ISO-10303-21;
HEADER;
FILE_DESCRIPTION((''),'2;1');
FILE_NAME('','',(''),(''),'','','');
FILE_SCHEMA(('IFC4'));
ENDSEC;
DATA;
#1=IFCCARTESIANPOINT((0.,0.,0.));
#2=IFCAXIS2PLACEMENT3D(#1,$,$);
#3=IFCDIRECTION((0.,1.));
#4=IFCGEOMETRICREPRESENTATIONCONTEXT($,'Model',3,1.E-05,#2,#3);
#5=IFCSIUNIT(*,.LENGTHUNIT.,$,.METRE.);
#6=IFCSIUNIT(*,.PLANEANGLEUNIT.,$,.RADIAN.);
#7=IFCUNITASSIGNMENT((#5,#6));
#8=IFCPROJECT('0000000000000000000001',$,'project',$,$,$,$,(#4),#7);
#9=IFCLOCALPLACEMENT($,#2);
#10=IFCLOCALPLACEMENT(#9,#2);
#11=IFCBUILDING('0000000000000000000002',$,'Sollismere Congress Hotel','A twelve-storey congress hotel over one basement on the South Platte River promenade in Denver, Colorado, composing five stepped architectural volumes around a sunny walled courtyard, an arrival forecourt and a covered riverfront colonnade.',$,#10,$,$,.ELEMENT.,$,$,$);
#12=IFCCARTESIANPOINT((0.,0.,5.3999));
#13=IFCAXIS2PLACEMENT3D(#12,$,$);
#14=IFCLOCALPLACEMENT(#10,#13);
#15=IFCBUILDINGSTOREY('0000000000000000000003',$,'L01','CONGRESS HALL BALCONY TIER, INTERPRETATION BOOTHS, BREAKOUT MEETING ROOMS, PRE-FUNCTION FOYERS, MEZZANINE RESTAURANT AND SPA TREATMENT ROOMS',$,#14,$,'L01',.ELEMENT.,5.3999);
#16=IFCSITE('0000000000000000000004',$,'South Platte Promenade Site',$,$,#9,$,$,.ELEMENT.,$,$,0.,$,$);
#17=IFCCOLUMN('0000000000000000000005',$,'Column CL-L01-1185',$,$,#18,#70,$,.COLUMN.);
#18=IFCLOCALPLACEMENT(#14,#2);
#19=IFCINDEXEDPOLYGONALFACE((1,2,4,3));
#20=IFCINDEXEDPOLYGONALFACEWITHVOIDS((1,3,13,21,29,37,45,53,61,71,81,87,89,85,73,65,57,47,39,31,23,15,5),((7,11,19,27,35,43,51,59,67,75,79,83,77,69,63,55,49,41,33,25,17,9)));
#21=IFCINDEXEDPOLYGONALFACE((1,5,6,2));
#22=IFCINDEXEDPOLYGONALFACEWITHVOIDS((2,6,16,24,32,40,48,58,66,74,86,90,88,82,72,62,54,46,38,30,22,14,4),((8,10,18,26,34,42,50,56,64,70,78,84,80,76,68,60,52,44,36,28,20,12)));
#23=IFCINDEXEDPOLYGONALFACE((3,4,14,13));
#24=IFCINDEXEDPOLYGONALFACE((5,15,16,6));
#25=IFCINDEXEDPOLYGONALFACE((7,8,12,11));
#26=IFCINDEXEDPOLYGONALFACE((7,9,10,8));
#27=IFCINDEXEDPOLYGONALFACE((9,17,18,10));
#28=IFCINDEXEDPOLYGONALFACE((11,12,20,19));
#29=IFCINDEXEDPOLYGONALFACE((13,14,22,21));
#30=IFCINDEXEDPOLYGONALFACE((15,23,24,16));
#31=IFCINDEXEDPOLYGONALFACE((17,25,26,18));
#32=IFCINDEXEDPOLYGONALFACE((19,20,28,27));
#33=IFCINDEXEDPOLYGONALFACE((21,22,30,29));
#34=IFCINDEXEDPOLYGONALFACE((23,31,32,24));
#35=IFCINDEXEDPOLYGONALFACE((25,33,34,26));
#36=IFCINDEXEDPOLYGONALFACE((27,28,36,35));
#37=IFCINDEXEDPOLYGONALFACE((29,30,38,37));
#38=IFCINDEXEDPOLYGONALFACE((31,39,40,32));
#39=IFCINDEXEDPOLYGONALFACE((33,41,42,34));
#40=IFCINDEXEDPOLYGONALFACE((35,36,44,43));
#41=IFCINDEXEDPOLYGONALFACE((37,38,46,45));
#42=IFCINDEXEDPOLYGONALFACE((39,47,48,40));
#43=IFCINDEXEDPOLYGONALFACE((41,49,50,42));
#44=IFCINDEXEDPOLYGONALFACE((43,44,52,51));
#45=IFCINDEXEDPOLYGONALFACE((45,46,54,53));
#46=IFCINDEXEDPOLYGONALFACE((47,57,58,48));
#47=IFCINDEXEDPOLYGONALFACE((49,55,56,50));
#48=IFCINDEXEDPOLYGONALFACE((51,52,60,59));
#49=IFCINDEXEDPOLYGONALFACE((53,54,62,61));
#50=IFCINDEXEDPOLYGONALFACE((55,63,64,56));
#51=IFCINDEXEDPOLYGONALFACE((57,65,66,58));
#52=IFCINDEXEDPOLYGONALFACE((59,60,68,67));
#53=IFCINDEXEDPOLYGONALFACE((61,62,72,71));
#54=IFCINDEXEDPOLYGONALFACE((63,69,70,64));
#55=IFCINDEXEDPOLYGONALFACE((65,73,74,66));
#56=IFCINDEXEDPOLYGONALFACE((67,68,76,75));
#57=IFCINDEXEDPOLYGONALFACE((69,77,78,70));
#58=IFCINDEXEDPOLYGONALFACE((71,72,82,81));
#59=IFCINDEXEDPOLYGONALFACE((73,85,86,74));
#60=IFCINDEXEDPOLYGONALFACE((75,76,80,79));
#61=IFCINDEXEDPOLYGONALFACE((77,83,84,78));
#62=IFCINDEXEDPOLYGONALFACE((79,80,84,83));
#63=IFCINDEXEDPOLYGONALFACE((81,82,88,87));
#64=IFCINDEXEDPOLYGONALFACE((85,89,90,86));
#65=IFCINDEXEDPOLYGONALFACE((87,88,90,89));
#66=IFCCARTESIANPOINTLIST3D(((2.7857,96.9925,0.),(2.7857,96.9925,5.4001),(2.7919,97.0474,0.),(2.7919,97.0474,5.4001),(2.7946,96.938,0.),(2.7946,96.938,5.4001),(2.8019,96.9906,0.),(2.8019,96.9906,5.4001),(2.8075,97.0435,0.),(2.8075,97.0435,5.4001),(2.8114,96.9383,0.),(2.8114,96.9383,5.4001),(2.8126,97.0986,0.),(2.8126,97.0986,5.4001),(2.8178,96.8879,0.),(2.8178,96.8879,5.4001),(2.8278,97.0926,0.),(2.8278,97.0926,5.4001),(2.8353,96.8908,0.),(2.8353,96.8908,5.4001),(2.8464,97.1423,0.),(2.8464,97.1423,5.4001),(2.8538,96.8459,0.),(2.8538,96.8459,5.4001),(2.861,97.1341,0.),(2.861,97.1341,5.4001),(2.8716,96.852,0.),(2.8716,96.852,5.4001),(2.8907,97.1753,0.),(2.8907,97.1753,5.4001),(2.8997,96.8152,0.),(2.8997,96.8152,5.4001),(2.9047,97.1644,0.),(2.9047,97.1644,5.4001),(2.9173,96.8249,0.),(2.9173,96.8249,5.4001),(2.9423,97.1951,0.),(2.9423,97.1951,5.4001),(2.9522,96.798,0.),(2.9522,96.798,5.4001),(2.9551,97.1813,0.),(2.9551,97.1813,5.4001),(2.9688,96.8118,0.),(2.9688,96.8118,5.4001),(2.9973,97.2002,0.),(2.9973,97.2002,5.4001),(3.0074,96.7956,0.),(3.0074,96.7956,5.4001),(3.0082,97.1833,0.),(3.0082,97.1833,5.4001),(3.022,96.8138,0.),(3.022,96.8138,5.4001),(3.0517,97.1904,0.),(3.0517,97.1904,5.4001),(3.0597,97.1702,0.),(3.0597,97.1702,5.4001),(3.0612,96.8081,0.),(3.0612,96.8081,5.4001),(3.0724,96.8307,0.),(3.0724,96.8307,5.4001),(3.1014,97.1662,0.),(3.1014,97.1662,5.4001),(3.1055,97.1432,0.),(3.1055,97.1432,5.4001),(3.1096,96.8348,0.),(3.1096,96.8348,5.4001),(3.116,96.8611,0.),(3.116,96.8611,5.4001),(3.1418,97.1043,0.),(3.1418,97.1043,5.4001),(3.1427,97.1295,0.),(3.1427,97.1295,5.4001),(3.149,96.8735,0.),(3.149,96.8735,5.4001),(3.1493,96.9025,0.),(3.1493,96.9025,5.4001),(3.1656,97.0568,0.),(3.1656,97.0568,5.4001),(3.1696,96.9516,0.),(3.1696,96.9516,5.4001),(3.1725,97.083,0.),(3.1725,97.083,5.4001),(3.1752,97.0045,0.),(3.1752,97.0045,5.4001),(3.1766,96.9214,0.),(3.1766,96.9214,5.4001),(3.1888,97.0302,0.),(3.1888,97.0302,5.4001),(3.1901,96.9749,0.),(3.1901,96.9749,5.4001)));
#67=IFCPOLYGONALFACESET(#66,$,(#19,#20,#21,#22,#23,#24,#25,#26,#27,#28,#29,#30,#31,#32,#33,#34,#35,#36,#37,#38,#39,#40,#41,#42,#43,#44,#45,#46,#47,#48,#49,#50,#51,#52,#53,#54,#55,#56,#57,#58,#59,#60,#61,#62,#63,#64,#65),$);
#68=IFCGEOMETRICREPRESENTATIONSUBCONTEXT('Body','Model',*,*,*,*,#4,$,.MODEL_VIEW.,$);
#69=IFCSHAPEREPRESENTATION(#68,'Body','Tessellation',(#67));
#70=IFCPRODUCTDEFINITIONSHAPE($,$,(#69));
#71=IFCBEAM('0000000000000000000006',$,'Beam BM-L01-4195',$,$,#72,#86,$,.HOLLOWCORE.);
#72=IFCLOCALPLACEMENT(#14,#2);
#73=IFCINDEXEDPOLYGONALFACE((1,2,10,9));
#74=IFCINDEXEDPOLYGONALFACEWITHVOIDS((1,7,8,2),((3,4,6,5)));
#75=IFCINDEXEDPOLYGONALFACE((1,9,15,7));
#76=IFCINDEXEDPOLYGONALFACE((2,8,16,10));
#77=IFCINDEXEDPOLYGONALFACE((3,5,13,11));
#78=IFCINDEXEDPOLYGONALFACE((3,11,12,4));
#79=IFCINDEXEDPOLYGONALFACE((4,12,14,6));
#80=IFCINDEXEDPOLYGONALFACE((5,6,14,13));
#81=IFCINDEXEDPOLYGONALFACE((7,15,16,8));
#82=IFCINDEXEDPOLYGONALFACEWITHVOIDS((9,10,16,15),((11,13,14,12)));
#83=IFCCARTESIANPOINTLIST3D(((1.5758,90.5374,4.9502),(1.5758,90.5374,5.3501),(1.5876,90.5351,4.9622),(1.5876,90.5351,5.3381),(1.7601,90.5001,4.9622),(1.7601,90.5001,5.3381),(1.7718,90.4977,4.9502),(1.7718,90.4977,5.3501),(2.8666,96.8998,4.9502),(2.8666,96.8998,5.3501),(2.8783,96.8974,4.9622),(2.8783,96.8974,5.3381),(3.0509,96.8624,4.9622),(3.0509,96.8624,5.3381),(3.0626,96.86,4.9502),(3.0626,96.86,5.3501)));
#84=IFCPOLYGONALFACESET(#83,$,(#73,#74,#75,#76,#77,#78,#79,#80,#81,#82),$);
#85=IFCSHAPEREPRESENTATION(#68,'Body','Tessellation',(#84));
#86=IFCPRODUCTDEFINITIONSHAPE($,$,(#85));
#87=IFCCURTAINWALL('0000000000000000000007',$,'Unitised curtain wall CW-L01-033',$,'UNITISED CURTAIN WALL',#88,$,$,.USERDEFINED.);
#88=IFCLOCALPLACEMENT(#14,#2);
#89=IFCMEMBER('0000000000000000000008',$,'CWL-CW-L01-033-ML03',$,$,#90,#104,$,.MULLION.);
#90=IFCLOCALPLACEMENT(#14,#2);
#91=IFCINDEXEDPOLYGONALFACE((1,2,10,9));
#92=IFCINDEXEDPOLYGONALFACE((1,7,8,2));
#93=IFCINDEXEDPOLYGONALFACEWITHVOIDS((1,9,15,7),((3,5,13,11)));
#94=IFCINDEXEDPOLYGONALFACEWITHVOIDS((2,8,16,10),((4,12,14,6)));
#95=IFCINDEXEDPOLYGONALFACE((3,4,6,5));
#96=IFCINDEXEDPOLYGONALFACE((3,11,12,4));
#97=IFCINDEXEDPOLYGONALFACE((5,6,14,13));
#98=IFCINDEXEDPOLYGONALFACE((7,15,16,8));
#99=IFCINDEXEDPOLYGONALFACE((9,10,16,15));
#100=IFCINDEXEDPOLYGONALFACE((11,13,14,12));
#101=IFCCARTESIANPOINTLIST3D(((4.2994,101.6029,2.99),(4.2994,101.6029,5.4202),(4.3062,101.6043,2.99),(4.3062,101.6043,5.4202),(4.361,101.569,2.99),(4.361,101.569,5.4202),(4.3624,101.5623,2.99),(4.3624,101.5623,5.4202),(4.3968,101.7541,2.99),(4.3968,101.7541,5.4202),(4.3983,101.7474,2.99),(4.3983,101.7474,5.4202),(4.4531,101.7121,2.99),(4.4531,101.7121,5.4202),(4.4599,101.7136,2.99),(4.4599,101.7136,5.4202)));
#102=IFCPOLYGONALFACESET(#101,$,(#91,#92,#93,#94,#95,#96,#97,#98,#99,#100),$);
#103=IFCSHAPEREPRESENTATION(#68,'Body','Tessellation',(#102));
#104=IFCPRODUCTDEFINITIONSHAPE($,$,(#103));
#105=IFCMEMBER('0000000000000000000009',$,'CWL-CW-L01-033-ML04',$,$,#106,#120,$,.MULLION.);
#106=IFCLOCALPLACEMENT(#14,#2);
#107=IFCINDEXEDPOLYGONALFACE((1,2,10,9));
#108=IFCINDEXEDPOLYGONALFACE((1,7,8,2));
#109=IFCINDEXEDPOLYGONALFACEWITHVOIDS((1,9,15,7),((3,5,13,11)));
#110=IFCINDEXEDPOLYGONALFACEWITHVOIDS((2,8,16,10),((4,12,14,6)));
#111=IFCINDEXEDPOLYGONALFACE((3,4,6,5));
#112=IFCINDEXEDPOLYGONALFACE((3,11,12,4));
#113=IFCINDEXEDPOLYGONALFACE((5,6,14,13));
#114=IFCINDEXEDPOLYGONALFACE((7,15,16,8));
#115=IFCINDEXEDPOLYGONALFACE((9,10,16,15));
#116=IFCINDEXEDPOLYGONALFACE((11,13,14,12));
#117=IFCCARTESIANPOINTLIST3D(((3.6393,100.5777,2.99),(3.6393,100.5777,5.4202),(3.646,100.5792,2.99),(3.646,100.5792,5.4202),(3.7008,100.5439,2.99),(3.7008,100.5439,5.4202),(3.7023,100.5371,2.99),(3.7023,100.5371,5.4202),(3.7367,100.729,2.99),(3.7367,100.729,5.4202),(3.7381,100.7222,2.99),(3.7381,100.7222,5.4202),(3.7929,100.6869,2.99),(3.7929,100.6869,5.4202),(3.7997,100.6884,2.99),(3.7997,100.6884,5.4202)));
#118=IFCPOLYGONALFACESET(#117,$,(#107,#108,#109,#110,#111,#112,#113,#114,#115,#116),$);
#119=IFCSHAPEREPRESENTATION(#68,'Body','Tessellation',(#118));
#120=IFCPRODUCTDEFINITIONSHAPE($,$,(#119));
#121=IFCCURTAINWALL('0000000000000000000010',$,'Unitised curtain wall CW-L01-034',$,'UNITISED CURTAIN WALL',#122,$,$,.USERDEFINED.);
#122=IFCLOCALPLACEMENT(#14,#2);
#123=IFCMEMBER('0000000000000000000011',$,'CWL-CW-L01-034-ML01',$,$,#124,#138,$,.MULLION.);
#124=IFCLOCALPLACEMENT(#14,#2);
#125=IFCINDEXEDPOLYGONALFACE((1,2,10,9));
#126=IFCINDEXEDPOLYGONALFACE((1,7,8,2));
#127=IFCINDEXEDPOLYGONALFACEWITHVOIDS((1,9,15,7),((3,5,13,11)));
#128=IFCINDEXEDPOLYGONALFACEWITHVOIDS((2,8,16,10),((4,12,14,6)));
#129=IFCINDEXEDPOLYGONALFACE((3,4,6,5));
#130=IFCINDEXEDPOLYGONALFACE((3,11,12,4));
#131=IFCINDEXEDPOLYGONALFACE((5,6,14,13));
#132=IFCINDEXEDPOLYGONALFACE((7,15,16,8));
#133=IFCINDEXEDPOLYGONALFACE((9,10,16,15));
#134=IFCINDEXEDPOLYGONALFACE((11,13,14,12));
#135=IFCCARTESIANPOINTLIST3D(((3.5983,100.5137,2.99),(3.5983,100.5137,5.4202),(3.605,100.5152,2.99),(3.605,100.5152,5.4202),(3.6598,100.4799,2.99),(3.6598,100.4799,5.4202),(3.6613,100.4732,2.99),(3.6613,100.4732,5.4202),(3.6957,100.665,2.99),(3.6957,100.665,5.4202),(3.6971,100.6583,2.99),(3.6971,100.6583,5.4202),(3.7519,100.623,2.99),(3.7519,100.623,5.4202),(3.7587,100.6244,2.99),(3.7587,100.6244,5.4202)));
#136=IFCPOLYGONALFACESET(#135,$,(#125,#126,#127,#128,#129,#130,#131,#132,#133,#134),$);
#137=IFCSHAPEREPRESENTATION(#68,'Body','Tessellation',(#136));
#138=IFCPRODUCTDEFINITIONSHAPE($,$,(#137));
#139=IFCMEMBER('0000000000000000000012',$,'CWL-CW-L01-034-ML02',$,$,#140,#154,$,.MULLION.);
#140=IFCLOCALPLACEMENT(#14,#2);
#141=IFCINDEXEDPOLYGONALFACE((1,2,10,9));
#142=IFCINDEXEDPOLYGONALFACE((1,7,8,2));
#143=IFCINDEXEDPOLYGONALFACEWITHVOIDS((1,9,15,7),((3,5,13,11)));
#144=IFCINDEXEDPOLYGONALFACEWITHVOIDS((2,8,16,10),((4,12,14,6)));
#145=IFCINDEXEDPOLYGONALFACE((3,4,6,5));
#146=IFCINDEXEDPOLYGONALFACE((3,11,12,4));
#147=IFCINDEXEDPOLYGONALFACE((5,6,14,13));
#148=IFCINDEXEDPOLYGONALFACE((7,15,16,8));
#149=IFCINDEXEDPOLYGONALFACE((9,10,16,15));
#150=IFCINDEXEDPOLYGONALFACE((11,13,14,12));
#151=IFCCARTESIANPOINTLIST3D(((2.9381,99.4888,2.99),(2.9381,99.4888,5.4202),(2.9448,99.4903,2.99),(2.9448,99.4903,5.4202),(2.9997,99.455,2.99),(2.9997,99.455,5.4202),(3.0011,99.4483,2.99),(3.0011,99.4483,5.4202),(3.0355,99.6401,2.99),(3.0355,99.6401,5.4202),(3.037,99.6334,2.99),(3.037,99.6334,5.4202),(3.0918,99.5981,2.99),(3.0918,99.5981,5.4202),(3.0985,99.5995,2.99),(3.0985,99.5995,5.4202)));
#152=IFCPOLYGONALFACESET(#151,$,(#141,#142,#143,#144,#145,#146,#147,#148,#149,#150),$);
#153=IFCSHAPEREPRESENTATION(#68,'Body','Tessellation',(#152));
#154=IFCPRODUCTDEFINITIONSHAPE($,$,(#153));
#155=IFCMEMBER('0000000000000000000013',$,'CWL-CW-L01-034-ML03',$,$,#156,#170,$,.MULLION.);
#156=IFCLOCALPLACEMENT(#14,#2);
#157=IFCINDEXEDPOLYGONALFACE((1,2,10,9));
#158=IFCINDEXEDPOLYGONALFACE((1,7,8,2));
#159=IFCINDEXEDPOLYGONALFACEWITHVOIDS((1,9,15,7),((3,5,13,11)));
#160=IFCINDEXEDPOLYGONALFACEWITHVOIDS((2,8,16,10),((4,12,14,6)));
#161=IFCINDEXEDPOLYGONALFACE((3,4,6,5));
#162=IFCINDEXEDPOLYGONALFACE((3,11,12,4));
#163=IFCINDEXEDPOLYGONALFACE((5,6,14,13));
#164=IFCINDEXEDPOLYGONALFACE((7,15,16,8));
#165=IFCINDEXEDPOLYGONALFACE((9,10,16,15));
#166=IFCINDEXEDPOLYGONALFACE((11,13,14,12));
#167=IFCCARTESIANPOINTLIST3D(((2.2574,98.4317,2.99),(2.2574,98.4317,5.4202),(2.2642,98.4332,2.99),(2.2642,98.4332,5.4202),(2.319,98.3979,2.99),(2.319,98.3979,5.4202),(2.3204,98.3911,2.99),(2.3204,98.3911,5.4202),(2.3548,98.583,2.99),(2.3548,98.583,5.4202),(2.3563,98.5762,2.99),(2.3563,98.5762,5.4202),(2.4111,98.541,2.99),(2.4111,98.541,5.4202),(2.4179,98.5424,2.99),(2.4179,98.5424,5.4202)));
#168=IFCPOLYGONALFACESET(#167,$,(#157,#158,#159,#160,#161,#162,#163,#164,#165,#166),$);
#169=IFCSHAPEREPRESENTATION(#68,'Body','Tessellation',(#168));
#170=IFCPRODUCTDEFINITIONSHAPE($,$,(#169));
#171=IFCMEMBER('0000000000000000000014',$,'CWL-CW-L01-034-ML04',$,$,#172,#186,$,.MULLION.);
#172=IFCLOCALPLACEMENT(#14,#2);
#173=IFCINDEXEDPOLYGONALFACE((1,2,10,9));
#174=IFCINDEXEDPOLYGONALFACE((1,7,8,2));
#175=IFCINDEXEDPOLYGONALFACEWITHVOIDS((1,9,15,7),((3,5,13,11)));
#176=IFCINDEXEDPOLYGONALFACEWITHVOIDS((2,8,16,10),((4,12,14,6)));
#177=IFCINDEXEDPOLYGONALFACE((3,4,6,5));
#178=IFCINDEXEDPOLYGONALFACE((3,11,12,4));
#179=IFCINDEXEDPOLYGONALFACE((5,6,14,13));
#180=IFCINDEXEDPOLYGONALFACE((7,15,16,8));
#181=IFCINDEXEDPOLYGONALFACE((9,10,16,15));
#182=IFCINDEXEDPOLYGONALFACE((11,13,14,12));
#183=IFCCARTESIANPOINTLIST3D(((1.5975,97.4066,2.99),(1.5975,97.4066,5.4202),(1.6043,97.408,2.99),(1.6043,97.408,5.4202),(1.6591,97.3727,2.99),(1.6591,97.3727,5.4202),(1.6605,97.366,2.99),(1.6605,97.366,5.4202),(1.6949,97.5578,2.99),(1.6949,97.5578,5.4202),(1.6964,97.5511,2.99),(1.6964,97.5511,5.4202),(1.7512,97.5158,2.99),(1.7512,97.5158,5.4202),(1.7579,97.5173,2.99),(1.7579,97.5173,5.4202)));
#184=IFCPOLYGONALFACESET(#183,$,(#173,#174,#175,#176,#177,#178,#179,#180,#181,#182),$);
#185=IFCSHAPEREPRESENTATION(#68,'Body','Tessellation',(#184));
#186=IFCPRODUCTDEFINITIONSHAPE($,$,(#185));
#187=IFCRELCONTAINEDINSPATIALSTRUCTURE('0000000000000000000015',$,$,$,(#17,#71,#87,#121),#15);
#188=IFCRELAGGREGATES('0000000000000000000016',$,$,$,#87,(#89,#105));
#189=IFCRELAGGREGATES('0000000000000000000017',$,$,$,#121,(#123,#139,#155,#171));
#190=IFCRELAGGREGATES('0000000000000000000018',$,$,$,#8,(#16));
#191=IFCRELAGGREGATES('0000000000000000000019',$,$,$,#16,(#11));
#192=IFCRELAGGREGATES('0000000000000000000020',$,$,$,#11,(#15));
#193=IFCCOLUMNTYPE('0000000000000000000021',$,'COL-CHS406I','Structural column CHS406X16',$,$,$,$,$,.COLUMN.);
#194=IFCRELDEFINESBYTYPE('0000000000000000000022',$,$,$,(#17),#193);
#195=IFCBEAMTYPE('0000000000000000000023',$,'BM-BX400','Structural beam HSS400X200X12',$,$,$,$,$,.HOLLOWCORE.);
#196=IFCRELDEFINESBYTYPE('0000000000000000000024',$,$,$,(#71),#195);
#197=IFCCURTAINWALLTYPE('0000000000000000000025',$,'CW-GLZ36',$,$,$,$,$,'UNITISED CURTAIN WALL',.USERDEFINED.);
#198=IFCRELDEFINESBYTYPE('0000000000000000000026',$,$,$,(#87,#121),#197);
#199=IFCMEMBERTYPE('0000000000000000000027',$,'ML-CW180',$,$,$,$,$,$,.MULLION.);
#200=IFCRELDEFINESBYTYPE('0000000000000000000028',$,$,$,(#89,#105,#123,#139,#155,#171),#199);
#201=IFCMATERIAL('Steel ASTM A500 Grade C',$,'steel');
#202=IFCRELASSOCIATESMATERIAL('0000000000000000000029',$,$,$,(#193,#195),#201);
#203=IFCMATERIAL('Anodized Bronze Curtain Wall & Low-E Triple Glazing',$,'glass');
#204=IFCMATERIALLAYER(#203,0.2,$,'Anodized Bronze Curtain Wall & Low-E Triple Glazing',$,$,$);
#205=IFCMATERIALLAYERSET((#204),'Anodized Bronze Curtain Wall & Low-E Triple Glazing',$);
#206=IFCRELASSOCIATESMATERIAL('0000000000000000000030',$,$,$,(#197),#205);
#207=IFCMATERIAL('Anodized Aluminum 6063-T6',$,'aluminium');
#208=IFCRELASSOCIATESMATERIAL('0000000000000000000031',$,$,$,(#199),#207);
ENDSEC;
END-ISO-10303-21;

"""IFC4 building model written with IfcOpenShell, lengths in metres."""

from ifc_helpers import new_model, si_unit, direction, frame, origin, origin_2d, place, context, subcontext, project, spatial, hollow_rectangle, hollow_circle, extrude, material, layer, layer_set, material_profile, profile_set, type_object, element, aggregate, save


model = new_model("IFC4")

# Units and contexts
model_context = context("Model", 3, precision=1e-05, world=origin(), true_north=direction((0.0, 1.0)))
body_context = subcontext(model_context, "Body", "Model", "MODEL_VIEW")
ifc_project = project(units=[si_unit("LENGTHUNIT", "METRE"), si_unit("PLANEANGLEUNIT", "RADIAN")], contexts=[model_context])

# Site, building, storey
site_placement = place(None, origin())
site = spatial("IfcSite", under=ifc_project, at=site_placement, Name="South Platte Promenade Site", CompositionType="ELEMENT", RefElevation=0.0)
building_placement = place(site_placement, origin())
building = spatial("IfcBuilding", under=site, at=building_placement, Name="Sollismere Congress Hotel", Description="A twelve-storey congress hotel over one basement on the South Platte River promenade in Denver, Colorado, composing five stepped architectural volumes around a sunny walled courtyard, an arrival forecourt and a covered riverfront colonnade.", CompositionType="ELEMENT")
storey_placement = place(building_placement, frame((0.0, 0.0, 5.3999)))
storey = spatial("IfcBuildingStorey", under=building, at=storey_placement, Name="L01", Description="CONGRESS HALL BALCONY TIER, INTERPRETATION BOOTHS, BREAKOUT MEETING ROOMS, PRE-FUNCTION FOYERS, MEZZANINE RESTAURANT AND SPA TREATMENT ROOMS", LongName="L01", CompositionType="ELEMENT", Elevation=5.3999)

# Column
ifc_material_1 = material(Name="Steel ASTM A500 Grade C", Category="steel")
ifc_material_profile_1 = material_profile(ifc_material_1, hollow_circle(Radius=0.2029, WallThickness=0.0161, at=origin_2d()), Name="CHS406X16")
ifc_profile_set_1 = profile_set([ifc_material_profile_1], Name="Steel ASTM A500 Grade C")
column_type = type_object("IfcColumnType", Name="COL-CHS406I", Description="Structural column CHS406X16", PredefinedType="COLUMN", material=ifc_profile_set_1)
column_placement = place(storey_placement, frame((2.9885, 96.9976, 0.0), z_axis=(0.0, 0.0, 1.0), x_axis=(-0.969317, 0.245815, 0.0)))
element("IfcColumn", 1, at=column_placement, inside=storey, type_object=column_type, Name="Column CL-L01-1185", PredefinedType="COLUMN", context=body_context, shape_type="SweptSolid", body=[
    extrude(hollow_circle(Radius=0.2029, WallThickness=0.0161, at=origin_2d()), origin(), (0.0, 0.0, 1.0), 5.4001),
])

# Beam
ifc_material_profile_2 = material_profile(ifc_material_1, hollow_rectangle(XDim=0.2, YDim=0.3999, WallThickness=0.012, at=origin_2d()), Name="HSS400X200X12")
ifc_profile_set_2 = profile_set([ifc_material_profile_2], Name="Steel ASTM A500 Grade C")
beam_type = type_object("IfcBeamType", Name="BM-BX400", Description="Structural beam HSS400X200X12", PredefinedType="HOLLOWCORE", material=ifc_profile_set_2)
beam_placement = place(storey_placement, frame((2.9646, 96.8799, 5.1501), z_axis=(-0.198827, -0.980035, 0.0), x_axis=(0.980035, -0.198827, 0.0)))
element("IfcBeam", 2, at=beam_placement, inside=storey, type_object=beam_type, Name="Beam BM-L01-4195", PredefinedType="HOLLOWCORE", context=body_context, shape_type="SweptSolid", body=[
    extrude(hollow_rectangle(XDim=0.2, YDim=0.3999, WallThickness=0.012, at=origin_2d()), origin(), (0.0, 0.0, 1.0), 6.4919),
])

# Curtain walls, members
ifc_material_2 = material(Name="Anodized Bronze Curtain Wall & Low-E Triple Glazing", Category="glass")
ifc_layer_1 = layer(ifc_material_2, 0.2, Name="Anodized Bronze Curtain Wall & Low-E Triple Glazing")
ifc_layer_set_1 = layer_set([ifc_layer_1], Name="Anodized Bronze Curtain Wall & Low-E Triple Glazing")
curtain_wall_type = type_object("IfcCurtainWallType", Name="CW-GLZ36", ElementType="UNITISED CURTAIN WALL", PredefinedType="USERDEFINED", material=ifc_layer_set_1)
curtain_wall_1_placement = place(storey_placement, origin())
curtain_wall_1 = element("IfcCurtainWall", 3, at=curtain_wall_1_placement, inside=storey, type_object=curtain_wall_type, Name="Unitised curtain wall CW-L01-033", ObjectType="UNITISED CURTAIN WALL", PredefinedType="USERDEFINED")
ifc_material_3 = material(Name="Anodized Aluminum 6063-T6", Category="aluminium")
ifc_material_profile_3 = material_profile(ifc_material_3, hollow_rectangle(XDim=0.075, YDim=0.1799, WallThickness=0.0049, at=origin_2d()), Name="ALU180X75X5")
ifc_profile_set_3 = profile_set([ifc_material_profile_3], Name="Anodized Aluminum 6063-T6")
member_type_1 = type_object("IfcMemberType", Name="ML-CW180", PredefinedType="MULLION", material=ifc_profile_set_3)
member_1_placement = place(storey_placement, frame((4.3796, 101.6582, 2.99), z_axis=(0.0, 0.0, 1.0), x_axis=(0.840775, -0.541385, 0.0)))
member_1 = element("IfcMember", 4, at=member_1_placement, type_object=member_type_1, Name="CWL-CW-L01-033-ML03", PredefinedType="MULLION", context=body_context, shape_type="SweptSolid", body=[
    extrude(hollow_rectangle(XDim=0.075, YDim=0.1799, WallThickness=0.0049, at=origin_2d()), origin(), (0.0, 0.0, 1.0), 2.4302),
])
member_2_placement = place(storey_placement, frame((3.7195, 100.6331, 2.99), z_axis=(0.0, 0.0, 1.0), x_axis=(0.840775, -0.541385, 0.0)))
member_2 = element("IfcMember", 5, at=member_2_placement, type_object=member_type_1, Name="CWL-CW-L01-033-ML04", PredefinedType="MULLION", context=body_context, shape_type="SweptSolid", body=[
    extrude(hollow_rectangle(XDim=0.075, YDim=0.1799, WallThickness=0.0049, at=origin_2d()), origin(), (0.0, 0.0, 1.0), 2.4302),
])
curtain_wall_2_placement = place(storey_placement, origin())
curtain_wall_2 = element("IfcCurtainWall", 6, at=curtain_wall_2_placement, inside=storey, type_object=curtain_wall_type, Name="Unitised curtain wall CW-L01-034", ObjectType="UNITISED CURTAIN WALL", PredefinedType="USERDEFINED")
member_3_placement = place(storey_placement, frame((3.6785, 100.5691, 2.99), z_axis=(0.0, 0.0, 1.0), x_axis=(0.840775, -0.541385, 0.0)))
member_3 = element("IfcMember", 7, at=member_3_placement, type_object=member_type_1, Name="CWL-CW-L01-034-ML01", PredefinedType="MULLION", context=body_context, shape_type="SweptSolid", body=[
    extrude(hollow_rectangle(XDim=0.075, YDim=0.1799, WallThickness=0.0049, at=origin_2d()), origin(), (0.0, 0.0, 1.0), 2.4302),
])
member_4_placement = place(storey_placement, frame((3.0183, 99.5442, 2.99), z_axis=(0.0, 0.0, 1.0), x_axis=(0.840775, -0.541385, 0.0)))
member_4 = element("IfcMember", 8, at=member_4_placement, type_object=member_type_1, Name="CWL-CW-L01-034-ML02", PredefinedType="MULLION", context=body_context, shape_type="SweptSolid", body=[
    extrude(hollow_rectangle(XDim=0.075, YDim=0.1799, WallThickness=0.0049, at=origin_2d()), origin(), (0.0, 0.0, 1.0), 2.4302),
])
member_5_placement = place(storey_placement, frame((2.3376, 98.4871, 2.99), z_axis=(0.0, 0.0, 1.0), x_axis=(0.840775, -0.541385, 0.0)))
member_5 = element("IfcMember", 9, at=member_5_placement, type_object=member_type_1, Name="CWL-CW-L01-034-ML03", PredefinedType="MULLION", context=body_context, shape_type="SweptSolid", body=[
    extrude(hollow_rectangle(XDim=0.075, YDim=0.1799, WallThickness=0.0049, at=origin_2d()), origin(), (0.0, 0.0, 1.0), 2.4302),
])
member_6_placement = place(storey_placement, frame((1.6777, 97.4619, 2.99), z_axis=(0.0, 0.0, 1.0), x_axis=(0.840775, -0.541385, 0.0)))
member_6 = element("IfcMember", 10, at=member_6_placement, type_object=member_type_1, Name="CWL-CW-L01-034-ML04", PredefinedType="MULLION", context=body_context, shape_type="SweptSolid", body=[
    extrude(hollow_rectangle(XDim=0.075, YDim=0.1799, WallThickness=0.0049, at=origin_2d()), origin(), (0.0, 0.0, 1.0), 2.4302),
])

aggregate(curtain_wall_1, [member_1, member_2])
aggregate(curtain_wall_2, [member_3, member_4, member_5, member_6])

save(model, "model.ifc")
